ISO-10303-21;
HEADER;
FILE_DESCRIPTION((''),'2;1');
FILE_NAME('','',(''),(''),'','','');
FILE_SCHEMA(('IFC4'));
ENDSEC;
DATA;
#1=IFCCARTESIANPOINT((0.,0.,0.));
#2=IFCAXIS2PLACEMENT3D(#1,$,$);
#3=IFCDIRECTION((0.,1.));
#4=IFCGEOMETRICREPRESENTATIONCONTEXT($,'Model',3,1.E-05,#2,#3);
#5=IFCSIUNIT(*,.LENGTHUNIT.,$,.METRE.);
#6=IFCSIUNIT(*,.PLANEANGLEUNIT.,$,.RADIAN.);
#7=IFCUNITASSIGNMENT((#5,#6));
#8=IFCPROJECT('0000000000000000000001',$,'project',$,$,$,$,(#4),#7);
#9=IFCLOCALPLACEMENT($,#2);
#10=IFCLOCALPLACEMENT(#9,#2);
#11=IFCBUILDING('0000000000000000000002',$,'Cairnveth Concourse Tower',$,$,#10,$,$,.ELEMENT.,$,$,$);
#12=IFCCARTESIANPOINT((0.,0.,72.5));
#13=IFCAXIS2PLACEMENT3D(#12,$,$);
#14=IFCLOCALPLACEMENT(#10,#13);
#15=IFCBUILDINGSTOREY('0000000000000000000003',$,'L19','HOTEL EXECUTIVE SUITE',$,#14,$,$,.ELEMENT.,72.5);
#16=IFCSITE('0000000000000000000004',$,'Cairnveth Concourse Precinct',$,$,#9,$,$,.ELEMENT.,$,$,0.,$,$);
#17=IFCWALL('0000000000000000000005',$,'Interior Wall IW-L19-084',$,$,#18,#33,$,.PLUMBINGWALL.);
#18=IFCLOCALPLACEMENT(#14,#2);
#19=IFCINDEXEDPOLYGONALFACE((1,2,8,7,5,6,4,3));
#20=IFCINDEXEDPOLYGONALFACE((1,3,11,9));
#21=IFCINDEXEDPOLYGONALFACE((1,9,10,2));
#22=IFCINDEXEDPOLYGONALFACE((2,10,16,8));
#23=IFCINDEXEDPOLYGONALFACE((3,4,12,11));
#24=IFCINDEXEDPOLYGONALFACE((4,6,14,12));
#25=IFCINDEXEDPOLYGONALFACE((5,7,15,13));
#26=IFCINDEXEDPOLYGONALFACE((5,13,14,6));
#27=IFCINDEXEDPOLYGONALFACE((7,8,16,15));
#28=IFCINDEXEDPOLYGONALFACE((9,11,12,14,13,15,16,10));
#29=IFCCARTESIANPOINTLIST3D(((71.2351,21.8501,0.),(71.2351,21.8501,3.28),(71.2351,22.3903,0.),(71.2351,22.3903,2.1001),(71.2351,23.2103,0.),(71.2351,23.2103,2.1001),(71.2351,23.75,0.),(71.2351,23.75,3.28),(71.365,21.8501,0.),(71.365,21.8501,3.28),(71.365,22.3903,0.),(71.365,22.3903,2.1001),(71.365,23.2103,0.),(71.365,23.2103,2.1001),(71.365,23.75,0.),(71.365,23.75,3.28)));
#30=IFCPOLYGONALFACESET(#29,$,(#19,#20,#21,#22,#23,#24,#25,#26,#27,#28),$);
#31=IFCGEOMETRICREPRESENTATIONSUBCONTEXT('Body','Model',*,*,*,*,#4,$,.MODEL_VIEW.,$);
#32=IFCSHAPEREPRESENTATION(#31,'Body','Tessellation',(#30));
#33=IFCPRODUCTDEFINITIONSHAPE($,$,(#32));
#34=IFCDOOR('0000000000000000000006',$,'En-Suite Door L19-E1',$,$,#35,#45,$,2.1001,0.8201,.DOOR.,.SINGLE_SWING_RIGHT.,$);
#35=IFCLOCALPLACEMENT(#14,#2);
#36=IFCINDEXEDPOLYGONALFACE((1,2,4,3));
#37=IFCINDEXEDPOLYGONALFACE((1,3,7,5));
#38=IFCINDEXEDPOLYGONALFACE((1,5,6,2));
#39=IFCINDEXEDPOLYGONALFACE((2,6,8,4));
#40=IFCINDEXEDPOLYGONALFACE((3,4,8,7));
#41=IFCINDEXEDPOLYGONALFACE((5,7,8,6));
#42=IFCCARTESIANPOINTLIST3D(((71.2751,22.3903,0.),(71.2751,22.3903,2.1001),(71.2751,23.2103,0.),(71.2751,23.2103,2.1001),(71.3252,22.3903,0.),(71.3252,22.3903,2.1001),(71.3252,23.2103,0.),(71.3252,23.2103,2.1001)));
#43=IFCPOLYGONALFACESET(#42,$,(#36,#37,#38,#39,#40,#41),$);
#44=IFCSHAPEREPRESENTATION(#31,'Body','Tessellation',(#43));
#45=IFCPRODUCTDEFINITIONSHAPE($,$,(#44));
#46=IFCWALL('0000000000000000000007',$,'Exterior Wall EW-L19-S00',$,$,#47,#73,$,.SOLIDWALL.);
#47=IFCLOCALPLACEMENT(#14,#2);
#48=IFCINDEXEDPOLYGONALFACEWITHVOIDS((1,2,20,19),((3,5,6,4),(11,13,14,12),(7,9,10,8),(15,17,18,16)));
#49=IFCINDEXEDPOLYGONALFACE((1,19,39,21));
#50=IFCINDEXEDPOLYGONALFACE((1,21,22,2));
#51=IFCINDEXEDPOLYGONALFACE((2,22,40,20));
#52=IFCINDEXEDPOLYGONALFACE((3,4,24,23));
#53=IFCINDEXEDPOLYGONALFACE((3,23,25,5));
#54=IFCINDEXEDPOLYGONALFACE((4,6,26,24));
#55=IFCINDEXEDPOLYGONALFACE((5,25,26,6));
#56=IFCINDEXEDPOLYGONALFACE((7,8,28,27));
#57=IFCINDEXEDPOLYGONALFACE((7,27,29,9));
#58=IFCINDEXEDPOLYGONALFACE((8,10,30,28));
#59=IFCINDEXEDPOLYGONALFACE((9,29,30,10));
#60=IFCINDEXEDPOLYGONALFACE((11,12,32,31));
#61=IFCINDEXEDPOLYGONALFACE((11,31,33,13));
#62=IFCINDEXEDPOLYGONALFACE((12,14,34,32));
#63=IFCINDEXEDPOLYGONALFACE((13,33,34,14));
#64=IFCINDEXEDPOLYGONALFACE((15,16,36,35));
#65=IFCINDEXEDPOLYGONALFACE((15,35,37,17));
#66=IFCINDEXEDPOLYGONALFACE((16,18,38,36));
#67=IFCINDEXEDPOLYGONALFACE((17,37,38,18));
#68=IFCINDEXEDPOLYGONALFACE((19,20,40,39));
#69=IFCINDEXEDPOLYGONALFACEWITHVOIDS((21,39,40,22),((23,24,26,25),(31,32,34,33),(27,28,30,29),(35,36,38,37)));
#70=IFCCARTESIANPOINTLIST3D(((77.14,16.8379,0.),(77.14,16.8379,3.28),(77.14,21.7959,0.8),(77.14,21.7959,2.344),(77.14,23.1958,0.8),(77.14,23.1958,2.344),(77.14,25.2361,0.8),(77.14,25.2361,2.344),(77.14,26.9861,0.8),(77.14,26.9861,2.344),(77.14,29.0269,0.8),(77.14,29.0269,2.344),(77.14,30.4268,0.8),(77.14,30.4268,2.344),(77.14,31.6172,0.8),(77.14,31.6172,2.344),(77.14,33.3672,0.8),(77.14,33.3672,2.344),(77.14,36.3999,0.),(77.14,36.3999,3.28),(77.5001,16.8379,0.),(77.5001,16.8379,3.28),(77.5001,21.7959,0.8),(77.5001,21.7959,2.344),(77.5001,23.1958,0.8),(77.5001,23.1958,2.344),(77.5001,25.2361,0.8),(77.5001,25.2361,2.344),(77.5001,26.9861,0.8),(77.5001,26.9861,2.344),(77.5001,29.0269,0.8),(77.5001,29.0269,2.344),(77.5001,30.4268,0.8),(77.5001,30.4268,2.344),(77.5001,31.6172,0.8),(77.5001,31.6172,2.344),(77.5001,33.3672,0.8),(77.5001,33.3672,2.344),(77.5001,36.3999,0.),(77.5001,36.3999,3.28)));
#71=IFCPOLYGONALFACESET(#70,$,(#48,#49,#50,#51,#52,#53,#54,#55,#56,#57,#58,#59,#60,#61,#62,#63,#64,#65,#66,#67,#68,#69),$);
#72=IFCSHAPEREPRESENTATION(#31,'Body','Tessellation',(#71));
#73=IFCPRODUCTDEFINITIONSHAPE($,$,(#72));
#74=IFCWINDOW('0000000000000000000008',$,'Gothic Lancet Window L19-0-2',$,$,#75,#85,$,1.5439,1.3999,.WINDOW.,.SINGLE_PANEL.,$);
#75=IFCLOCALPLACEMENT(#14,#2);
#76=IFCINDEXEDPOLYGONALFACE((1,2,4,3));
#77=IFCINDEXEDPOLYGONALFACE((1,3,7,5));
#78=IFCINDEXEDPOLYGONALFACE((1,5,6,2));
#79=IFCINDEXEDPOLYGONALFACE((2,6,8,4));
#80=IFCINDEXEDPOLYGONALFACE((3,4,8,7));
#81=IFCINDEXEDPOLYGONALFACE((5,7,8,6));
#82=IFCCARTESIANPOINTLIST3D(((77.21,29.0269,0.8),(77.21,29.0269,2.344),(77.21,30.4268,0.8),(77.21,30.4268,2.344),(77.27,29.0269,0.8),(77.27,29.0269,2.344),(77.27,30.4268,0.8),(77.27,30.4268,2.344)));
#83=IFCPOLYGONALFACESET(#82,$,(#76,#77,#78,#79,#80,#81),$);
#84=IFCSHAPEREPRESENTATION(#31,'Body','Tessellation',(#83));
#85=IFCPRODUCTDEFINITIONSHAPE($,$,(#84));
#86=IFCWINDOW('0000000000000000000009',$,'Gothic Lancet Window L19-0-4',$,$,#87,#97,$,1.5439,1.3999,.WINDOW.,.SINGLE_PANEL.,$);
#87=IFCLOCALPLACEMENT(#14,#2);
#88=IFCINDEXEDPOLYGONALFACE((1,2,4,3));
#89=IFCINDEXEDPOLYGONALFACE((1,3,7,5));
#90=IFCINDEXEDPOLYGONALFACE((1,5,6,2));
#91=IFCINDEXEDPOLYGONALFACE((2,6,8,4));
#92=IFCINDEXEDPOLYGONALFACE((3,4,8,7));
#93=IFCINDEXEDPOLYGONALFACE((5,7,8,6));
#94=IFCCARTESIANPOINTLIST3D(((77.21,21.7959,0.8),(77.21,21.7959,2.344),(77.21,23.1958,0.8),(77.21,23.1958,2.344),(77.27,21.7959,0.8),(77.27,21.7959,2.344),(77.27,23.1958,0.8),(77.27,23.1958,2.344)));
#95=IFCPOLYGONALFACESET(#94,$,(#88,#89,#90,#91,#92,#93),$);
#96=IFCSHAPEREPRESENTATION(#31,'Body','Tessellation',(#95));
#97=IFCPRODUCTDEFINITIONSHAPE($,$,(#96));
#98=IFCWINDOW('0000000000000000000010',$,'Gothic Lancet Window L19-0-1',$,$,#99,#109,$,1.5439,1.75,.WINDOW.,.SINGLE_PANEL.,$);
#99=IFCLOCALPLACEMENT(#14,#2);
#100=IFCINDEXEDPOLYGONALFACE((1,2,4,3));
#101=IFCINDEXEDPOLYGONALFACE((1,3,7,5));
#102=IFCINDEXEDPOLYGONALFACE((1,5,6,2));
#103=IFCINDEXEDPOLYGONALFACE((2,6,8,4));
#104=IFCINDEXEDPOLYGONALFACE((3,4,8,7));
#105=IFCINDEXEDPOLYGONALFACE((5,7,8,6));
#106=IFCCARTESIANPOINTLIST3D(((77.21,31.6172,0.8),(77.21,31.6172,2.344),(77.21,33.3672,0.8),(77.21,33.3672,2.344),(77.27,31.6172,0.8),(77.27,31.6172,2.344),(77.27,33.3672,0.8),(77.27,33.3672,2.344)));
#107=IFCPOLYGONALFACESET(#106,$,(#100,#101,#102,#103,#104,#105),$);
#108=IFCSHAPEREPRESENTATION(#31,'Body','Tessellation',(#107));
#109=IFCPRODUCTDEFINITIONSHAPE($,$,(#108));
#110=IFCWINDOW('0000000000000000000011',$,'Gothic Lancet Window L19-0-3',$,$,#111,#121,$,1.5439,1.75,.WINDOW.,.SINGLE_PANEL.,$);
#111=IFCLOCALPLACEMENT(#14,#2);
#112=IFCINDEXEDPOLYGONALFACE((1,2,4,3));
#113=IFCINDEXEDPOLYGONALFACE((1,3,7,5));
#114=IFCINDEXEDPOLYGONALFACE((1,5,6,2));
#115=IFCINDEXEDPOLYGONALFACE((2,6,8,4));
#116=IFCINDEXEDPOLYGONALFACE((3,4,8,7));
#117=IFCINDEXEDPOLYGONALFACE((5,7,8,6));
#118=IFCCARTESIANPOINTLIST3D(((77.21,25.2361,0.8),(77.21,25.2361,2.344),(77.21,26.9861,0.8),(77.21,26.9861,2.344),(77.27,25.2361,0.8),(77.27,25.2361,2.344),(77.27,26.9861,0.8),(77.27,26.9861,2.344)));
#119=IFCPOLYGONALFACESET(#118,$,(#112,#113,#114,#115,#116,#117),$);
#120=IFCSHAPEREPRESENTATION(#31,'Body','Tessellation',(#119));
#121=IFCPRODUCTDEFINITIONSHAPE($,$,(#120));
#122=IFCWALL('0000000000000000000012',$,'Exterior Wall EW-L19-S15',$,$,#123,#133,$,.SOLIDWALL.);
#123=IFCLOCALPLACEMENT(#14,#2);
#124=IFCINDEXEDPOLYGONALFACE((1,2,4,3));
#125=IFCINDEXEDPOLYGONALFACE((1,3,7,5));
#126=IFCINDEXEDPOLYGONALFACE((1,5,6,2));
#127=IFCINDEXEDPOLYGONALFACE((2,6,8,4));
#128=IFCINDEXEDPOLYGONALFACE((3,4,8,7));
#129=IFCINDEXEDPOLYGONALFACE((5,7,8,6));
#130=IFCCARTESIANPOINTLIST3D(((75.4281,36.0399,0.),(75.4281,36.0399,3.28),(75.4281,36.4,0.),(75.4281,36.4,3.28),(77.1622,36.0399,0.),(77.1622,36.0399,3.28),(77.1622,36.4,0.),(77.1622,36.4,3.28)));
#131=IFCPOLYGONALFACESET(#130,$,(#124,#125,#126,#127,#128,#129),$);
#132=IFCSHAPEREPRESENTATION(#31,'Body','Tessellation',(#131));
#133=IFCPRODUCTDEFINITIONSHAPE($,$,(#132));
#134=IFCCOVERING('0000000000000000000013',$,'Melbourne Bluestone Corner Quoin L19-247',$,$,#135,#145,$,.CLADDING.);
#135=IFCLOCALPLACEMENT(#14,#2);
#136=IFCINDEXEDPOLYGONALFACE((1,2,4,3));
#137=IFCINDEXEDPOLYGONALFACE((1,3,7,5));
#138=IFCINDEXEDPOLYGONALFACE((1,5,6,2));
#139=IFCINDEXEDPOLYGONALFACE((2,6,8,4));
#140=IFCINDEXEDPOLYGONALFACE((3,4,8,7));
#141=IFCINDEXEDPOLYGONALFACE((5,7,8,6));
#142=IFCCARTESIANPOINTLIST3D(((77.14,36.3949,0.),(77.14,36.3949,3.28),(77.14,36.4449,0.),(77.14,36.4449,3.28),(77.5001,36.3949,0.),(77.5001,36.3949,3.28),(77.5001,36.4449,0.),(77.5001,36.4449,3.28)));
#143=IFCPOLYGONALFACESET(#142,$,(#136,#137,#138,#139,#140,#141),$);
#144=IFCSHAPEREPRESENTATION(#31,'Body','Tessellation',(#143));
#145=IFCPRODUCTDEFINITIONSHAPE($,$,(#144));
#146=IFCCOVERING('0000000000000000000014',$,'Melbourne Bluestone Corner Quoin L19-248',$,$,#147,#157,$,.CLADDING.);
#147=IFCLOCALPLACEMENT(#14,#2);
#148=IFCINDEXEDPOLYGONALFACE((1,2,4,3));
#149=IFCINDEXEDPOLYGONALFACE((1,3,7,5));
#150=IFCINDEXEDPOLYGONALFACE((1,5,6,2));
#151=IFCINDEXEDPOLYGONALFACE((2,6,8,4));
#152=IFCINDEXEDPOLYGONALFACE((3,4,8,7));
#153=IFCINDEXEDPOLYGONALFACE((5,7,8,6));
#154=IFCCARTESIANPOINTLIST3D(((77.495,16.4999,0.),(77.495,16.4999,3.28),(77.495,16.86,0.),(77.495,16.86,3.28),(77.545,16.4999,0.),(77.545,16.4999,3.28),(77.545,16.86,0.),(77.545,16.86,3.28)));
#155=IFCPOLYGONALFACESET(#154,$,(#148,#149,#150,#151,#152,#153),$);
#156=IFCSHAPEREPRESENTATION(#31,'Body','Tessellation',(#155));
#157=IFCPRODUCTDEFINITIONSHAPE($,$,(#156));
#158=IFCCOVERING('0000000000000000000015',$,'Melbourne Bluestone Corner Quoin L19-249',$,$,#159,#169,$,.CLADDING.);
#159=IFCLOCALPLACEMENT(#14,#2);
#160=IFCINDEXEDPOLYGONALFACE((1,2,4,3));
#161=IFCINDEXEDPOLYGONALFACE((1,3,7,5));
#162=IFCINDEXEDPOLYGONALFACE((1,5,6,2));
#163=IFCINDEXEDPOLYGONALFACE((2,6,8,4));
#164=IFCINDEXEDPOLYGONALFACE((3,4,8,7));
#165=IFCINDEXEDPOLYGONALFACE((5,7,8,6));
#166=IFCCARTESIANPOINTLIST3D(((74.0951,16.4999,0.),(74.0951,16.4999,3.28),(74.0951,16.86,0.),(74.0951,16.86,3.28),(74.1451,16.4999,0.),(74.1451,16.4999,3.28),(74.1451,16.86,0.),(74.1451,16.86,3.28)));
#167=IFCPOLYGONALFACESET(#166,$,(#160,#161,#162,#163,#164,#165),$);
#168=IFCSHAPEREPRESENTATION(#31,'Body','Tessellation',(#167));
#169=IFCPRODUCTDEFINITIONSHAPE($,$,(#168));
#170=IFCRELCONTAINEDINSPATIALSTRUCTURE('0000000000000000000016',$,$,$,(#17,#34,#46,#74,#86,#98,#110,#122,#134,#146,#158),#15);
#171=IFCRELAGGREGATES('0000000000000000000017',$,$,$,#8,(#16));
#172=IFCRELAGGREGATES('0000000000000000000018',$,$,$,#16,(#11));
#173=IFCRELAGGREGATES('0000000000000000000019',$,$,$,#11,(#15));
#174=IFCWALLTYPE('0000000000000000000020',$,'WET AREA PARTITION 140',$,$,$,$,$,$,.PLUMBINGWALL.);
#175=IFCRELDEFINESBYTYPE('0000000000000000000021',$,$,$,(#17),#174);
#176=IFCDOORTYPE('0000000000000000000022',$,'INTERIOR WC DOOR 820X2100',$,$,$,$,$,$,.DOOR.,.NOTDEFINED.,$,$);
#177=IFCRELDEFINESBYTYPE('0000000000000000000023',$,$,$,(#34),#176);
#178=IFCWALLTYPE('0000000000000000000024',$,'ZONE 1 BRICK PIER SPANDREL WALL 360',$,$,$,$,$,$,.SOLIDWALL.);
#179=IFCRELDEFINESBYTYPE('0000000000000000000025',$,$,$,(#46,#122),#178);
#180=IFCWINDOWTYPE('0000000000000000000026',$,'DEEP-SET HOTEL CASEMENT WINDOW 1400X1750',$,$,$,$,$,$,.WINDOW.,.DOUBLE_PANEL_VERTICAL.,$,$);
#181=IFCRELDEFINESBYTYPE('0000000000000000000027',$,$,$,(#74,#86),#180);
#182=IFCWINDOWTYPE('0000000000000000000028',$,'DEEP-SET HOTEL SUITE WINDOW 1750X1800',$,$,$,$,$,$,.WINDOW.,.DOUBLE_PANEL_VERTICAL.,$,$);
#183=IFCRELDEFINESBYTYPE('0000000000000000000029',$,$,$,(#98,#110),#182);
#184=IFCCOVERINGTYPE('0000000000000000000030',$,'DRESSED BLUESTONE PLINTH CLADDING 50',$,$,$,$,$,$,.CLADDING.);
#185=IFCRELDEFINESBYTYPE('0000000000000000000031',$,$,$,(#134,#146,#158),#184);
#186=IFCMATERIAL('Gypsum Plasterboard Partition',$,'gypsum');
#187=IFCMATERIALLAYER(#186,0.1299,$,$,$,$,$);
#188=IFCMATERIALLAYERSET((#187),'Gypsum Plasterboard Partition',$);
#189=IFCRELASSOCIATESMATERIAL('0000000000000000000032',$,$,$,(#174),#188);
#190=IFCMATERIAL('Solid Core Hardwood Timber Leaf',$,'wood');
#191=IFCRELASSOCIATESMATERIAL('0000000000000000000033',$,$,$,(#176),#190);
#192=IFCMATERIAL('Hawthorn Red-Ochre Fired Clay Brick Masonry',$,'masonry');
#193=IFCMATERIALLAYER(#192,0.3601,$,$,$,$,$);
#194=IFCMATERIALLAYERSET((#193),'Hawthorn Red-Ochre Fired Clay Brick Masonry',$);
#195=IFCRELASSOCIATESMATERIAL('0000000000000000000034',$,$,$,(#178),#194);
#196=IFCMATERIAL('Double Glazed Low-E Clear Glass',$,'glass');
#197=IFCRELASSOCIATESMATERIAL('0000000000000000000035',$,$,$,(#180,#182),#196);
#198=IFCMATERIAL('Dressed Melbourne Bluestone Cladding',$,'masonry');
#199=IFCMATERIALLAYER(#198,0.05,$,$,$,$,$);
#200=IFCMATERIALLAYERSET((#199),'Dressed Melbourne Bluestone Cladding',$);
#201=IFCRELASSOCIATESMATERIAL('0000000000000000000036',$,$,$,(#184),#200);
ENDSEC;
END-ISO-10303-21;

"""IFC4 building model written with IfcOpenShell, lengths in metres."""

from ifc_helpers import new_model, si_unit, direction, frame, frame_2d, origin, place, context, subcontext, project, spatial, rectangle, extrude, material, layer, layer_set, type_object, element, fill, save


model = new_model("IFC4")

# Units and contexts
model_context = context("Model", 3, precision=1e-05, world=origin(), true_north=direction((0.0, 1.0)))
body_context = subcontext(model_context, "Body", "Model", "MODEL_VIEW")
ifc_project = project(units=[si_unit("LENGTHUNIT", "METRE"), si_unit("PLANEANGLEUNIT", "RADIAN")], contexts=[model_context])

# Site, building, storey
site_placement = place(None, origin())
site = spatial("IfcSite", under=ifc_project, at=site_placement, Name="Cairnveth Concourse Precinct", CompositionType="ELEMENT", RefElevation=0.0)
building_placement = place(site_placement, origin())
building = spatial("IfcBuilding", under=site, at=building_placement, Name="Cairnveth Concourse Tower", CompositionType="ELEMENT")
storey_placement = place(building_placement, frame((0.0, 0.0, 72.5)))
storey = spatial("IfcBuildingStorey", under=building, at=storey_placement, Name="L19", Description="HOTEL EXECUTIVE SUITE", CompositionType="ELEMENT", Elevation=72.5)

# Shared definitions
ifc_material_1 = material(Name="Gypsum Plasterboard Partition", Category="gypsum")
ifc_material_2 = material(Name="Solid Core Hardwood Timber Leaf", Category="wood")

# Shared definitions
ifc_material_3 = material(Name="Dressed Melbourne Bluestone Cladding", Category="masonry")
ifc_layer_1 = layer(ifc_material_1, 0.1299)
ifc_layer_set_1 = layer_set([ifc_layer_1], Name="Gypsum Plasterboard Partition")
wall_type_1 = type_object("IfcWallType", Name="WET AREA PARTITION 140", PredefinedType="PLUMBINGWALL", material=ifc_layer_set_1)

# Wall, opening, door
wall_1_placement = place(storey_placement, frame((71.3, 21.8501, 0.0), z_axis=(0.0, 0.0, 1.0), x_axis=(0.0, 1.0, 0.0)))
wall_1 = element("IfcWall", 1, at=wall_1_placement, inside=storey, type_object=wall_type_1, Name="Interior Wall IW-L19-084", PredefinedType="PLUMBINGWALL", context=body_context, shape_type="SweptSolid", body=[
    extrude(rectangle(XDim=1.8999, YDim=0.1299, at=frame_2d((0.95, 0.0))), origin(), (0.0, 0.0, 1.0), 3.28),
])
opening_1_placement = place(wall_1_placement, frame((0.54, 0.0, 0.0)))
opening_1 = element("IfcOpeningElement", 2, at=opening_1_placement, cuts=wall_1, PredefinedType="OPENING", context=body_context, shape_type="SweptSolid", body=[
    extrude(rectangle(XDim=0.8201, YDim=2.1001, at=frame_2d((0.4102, 1.05))), frame((0.0, 0.075, 0.0), z_axis=(0.0, -1.0, 0.0), x_axis=(1.0, 0.0, 0.0)), (0.0, 0.0, 1.0), 0.1499),
])
door_type_1 = type_object("IfcDoorType", Name="INTERIOR WC DOOR 820X2100", OperationType="NOTDEFINED", PredefinedType="DOOR", material=ifc_material_2)
door_1_placement = place(opening_1_placement, origin())
door_1 = element("IfcDoor", 3, at=door_1_placement, inside=storey, type_object=door_type_1, Name="En-Suite Door L19-E1", OperationType="SINGLE_SWING_RIGHT", OverallHeight=2.1001, OverallWidth=0.8201, PredefinedType="DOOR", context=body_context, shape_type="SweptSolid", body=[
    extrude(rectangle(XDim=0.8201, YDim=2.1001, at=frame_2d((0.4102, 1.05))), frame((0.0, 0.0249, 0.0), z_axis=(0.0, -1.0, 0.0), x_axis=(1.0, 0.0, 0.0)), (0.0, 0.0, 1.0), 0.05),
])
fill(opening_1, door_1)

# Wall, openings, windows
ifc_material_4 = material(Name="Hawthorn Red-Ochre Fired Clay Brick Masonry", Category="masonry")
ifc_layer_2 = layer(ifc_material_4, 0.3601)
ifc_layer_set_2 = layer_set([ifc_layer_2], Name="Hawthorn Red-Ochre Fired Clay Brick Masonry")
wall_type_2 = type_object("IfcWallType", Name="ZONE 1 BRICK PIER SPANDREL WALL 360", PredefinedType="SOLIDWALL", material=ifc_layer_set_2)
wall_2_placement = place(storey_placement, frame((77.3201, 36.3999, 0.0), z_axis=(0.0, 0.0, 1.0), x_axis=(0.0, -1.0, 0.0)))
wall_2 = element("IfcWall", 4, at=wall_2_placement, inside=storey, type_object=wall_type_2, Name="Exterior Wall EW-L19-S00", PredefinedType="SOLIDWALL", context=body_context, shape_type="SweptSolid", body=[
    extrude(rectangle(XDim=19.562, YDim=0.3601, at=frame_2d((9.781, 0.0))), origin(), (0.0, 0.0, 1.0), 3.28),
])
opening_2_placement = place(wall_2_placement, frame((3.0327, 0.0, 0.8)))
opening_2 = element("IfcOpeningElement", 5, at=opening_2_placement, cuts=wall_2, PredefinedType="OPENING", context=body_context, shape_type="SweptSolid", body=[
    extrude(rectangle(XDim=1.75, YDim=1.5439, at=frame_2d((0.875, 0.772))), frame((0.0, 0.1899, 0.0), z_axis=(0.0, -1.0, 0.0), x_axis=(1.0, 0.0, 0.0)), (0.0, 0.0, 1.0), 0.3801),
])
opening_3_placement = place(wall_2_placement, frame((5.9731, 0.0, 0.8)))
opening_3 = element("IfcOpeningElement", 6, at=opening_3_placement, cuts=wall_2, PredefinedType="OPENING", context=body_context, shape_type="SweptSolid", body=[
    extrude(rectangle(XDim=1.3999, YDim=1.5439, at=frame_2d((0.7, 0.772))), frame((0.0, 0.1899, 0.0), z_axis=(0.0, -1.0, 0.0), x_axis=(1.0, 0.0, 0.0)), (0.0, 0.0, 1.0), 0.3801),
])
opening_4_placement = place(wall_2_placement, frame((9.4138, 0.0, 0.8)))
opening_4 = element("IfcOpeningElement", 7, at=opening_4_placement, cuts=wall_2, PredefinedType="OPENING", context=body_context, shape_type="SweptSolid", body=[
    extrude(rectangle(XDim=1.75, YDim=1.5439, at=frame_2d((0.875, 0.772))), frame((0.0, 0.1899, 0.0), z_axis=(0.0, -1.0, 0.0), x_axis=(1.0, 0.0, 0.0)), (0.0, 0.0, 1.0), 0.3801),
])
opening_5_placement = place(wall_2_placement, frame((13.2041, 0.0, 0.8)))
opening_5 = element("IfcOpeningElement", 8, at=opening_5_placement, cuts=wall_2, PredefinedType="OPENING", context=body_context, shape_type="SweptSolid", body=[
    extrude(rectangle(XDim=1.3999, YDim=1.5439, at=frame_2d((0.7, 0.772))), frame((0.0, 0.1899, 0.0), z_axis=(0.0, -1.0, 0.0), x_axis=(1.0, 0.0, 0.0)), (0.0, 0.0, 1.0), 0.3801),
])
ifc_material_5 = material(Name="Double Glazed Low-E Clear Glass", Category="glass")
window_type_1 = type_object("IfcWindowType", Name="DEEP-SET HOTEL CASEMENT WINDOW 1400X1750", PartitioningType="DOUBLE_PANEL_VERTICAL", PredefinedType="WINDOW", material=ifc_material_5)
window_1_placement = place(opening_3_placement, origin())
window_1 = element("IfcWindow", 9, at=window_1_placement, inside=storey, type_object=window_type_1, Name="Gothic Lancet Window L19-0-2", OverallHeight=1.5439, OverallWidth=1.3999, PartitioningType="SINGLE_PANEL", PredefinedType="WINDOW", context=body_context, shape_type="SweptSolid", body=[
    extrude(rectangle(XDim=1.3999, YDim=1.5439, at=frame_2d((0.7, 0.772))), frame((0.0, -0.05, 0.0), z_axis=(0.0, -1.0, 0.0), x_axis=(1.0, 0.0, 0.0)), (0.0, 0.0, 1.0), 0.0601),
])
fill(opening_3, window_1)
window_2_placement = place(opening_5_placement, origin())
window_2 = element("IfcWindow", 10, at=window_2_placement, inside=storey, type_object=window_type_1, Name="Gothic Lancet Window L19-0-4", OverallHeight=1.5439, OverallWidth=1.3999, PartitioningType="SINGLE_PANEL", PredefinedType="WINDOW", context=body_context, shape_type="SweptSolid", body=[
    extrude(rectangle(XDim=1.3999, YDim=1.5439, at=frame_2d((0.7, 0.772))), frame((0.0, -0.05, 0.0), z_axis=(0.0, -1.0, 0.0), x_axis=(1.0, 0.0, 0.0)), (0.0, 0.0, 1.0), 0.0601),
])
fill(opening_5, window_2)
window_type_2 = type_object("IfcWindowType", Name="DEEP-SET HOTEL SUITE WINDOW 1750X1800", PartitioningType="DOUBLE_PANEL_VERTICAL", PredefinedType="WINDOW", material=ifc_material_5)
window_3_placement = place(opening_2_placement, origin())
window_3 = element("IfcWindow", 11, at=window_3_placement, inside=storey, type_object=window_type_2, Name="Gothic Lancet Window L19-0-1", OverallHeight=1.5439, OverallWidth=1.75, PartitioningType="SINGLE_PANEL", PredefinedType="WINDOW", context=body_context, shape_type="SweptSolid", body=[
    extrude(rectangle(XDim=1.75, YDim=1.5439, at=frame_2d((0.875, 0.772))), frame((0.0, -0.05, 0.0), z_axis=(0.0, -1.0, 0.0), x_axis=(1.0, 0.0, 0.0)), (0.0, 0.0, 1.0), 0.0601),
])
fill(opening_2, window_3)
window_4_placement = place(opening_4_placement, origin())
window_4 = element("IfcWindow", 12, at=window_4_placement, inside=storey, type_object=window_type_2, Name="Gothic Lancet Window L19-0-3", OverallHeight=1.5439, OverallWidth=1.75, PartitioningType="SINGLE_PANEL", PredefinedType="WINDOW", context=body_context, shape_type="SweptSolid", body=[
    extrude(rectangle(XDim=1.75, YDim=1.5439, at=frame_2d((0.875, 0.772))), frame((0.0, -0.05, 0.0), z_axis=(0.0, -1.0, 0.0), x_axis=(1.0, 0.0, 0.0)), (0.0, 0.0, 1.0), 0.0601),
])
fill(opening_4, window_4)

# Wall
wall_3_placement = place(storey_placement, frame((75.428, 36.22, 0.0), z_axis=(0.0, 0.0, 1.0), x_axis=(1.0, 0.0, 0.0)))
element("IfcWall", 13, at=wall_3_placement, inside=storey, type_object=wall_type_2, Name="Exterior Wall EW-L19-S15", PredefinedType="SOLIDWALL", context=body_context, shape_type="SweptSolid", body=[
    extrude(rectangle(XDim=1.7341, YDim=0.3601, at=frame_2d((0.8672, 0.0))), origin(), (0.0, 0.0, 1.0), 3.28),
])

# Coverings
ifc_layer_3 = layer(ifc_material_3, 0.05)
ifc_layer_set_3 = layer_set([ifc_layer_3], Name="Dressed Melbourne Bluestone Cladding")
covering_type = type_object("IfcCoveringType", Name="DRESSED BLUESTONE PLINTH CLADDING 50", PredefinedType="CLADDING", material=ifc_layer_set_3)
for number, where, z_axis, x_axis, name in (
    (14, (77.1399, 36.4199, 0.0), (0.0, 0.0, 1.0), (1.0, 0.0, 0.0), "Melbourne Bluestone Corner Quoin L19-247"),
    (15, (77.52, 16.8601, 0.0), (0.0, 0.0, 1.0), (0.0, -1.0, 0.0), "Melbourne Bluestone Corner Quoin L19-248"),
    (16, (74.1201, 16.8601, 0.0), (0.0, 0.0, 1.0), (0.0, -1.0, 0.0), "Melbourne Bluestone Corner Quoin L19-249"),
):
    element("IfcCovering", number, at=place(storey_placement, frame(where, z_axis=z_axis, x_axis=x_axis)), inside=storey, type_object=covering_type, Name=name, PredefinedType="CLADDING", context=body_context, shape_type="SweptSolid", body=[
        extrude(rectangle(XDim=0.3601, YDim=0.05, at=frame_2d((0.1802, 0.0))), origin(), (0.0, 0.0, 1.0), 3.28),
    ])

save(model, "model.ifc")
